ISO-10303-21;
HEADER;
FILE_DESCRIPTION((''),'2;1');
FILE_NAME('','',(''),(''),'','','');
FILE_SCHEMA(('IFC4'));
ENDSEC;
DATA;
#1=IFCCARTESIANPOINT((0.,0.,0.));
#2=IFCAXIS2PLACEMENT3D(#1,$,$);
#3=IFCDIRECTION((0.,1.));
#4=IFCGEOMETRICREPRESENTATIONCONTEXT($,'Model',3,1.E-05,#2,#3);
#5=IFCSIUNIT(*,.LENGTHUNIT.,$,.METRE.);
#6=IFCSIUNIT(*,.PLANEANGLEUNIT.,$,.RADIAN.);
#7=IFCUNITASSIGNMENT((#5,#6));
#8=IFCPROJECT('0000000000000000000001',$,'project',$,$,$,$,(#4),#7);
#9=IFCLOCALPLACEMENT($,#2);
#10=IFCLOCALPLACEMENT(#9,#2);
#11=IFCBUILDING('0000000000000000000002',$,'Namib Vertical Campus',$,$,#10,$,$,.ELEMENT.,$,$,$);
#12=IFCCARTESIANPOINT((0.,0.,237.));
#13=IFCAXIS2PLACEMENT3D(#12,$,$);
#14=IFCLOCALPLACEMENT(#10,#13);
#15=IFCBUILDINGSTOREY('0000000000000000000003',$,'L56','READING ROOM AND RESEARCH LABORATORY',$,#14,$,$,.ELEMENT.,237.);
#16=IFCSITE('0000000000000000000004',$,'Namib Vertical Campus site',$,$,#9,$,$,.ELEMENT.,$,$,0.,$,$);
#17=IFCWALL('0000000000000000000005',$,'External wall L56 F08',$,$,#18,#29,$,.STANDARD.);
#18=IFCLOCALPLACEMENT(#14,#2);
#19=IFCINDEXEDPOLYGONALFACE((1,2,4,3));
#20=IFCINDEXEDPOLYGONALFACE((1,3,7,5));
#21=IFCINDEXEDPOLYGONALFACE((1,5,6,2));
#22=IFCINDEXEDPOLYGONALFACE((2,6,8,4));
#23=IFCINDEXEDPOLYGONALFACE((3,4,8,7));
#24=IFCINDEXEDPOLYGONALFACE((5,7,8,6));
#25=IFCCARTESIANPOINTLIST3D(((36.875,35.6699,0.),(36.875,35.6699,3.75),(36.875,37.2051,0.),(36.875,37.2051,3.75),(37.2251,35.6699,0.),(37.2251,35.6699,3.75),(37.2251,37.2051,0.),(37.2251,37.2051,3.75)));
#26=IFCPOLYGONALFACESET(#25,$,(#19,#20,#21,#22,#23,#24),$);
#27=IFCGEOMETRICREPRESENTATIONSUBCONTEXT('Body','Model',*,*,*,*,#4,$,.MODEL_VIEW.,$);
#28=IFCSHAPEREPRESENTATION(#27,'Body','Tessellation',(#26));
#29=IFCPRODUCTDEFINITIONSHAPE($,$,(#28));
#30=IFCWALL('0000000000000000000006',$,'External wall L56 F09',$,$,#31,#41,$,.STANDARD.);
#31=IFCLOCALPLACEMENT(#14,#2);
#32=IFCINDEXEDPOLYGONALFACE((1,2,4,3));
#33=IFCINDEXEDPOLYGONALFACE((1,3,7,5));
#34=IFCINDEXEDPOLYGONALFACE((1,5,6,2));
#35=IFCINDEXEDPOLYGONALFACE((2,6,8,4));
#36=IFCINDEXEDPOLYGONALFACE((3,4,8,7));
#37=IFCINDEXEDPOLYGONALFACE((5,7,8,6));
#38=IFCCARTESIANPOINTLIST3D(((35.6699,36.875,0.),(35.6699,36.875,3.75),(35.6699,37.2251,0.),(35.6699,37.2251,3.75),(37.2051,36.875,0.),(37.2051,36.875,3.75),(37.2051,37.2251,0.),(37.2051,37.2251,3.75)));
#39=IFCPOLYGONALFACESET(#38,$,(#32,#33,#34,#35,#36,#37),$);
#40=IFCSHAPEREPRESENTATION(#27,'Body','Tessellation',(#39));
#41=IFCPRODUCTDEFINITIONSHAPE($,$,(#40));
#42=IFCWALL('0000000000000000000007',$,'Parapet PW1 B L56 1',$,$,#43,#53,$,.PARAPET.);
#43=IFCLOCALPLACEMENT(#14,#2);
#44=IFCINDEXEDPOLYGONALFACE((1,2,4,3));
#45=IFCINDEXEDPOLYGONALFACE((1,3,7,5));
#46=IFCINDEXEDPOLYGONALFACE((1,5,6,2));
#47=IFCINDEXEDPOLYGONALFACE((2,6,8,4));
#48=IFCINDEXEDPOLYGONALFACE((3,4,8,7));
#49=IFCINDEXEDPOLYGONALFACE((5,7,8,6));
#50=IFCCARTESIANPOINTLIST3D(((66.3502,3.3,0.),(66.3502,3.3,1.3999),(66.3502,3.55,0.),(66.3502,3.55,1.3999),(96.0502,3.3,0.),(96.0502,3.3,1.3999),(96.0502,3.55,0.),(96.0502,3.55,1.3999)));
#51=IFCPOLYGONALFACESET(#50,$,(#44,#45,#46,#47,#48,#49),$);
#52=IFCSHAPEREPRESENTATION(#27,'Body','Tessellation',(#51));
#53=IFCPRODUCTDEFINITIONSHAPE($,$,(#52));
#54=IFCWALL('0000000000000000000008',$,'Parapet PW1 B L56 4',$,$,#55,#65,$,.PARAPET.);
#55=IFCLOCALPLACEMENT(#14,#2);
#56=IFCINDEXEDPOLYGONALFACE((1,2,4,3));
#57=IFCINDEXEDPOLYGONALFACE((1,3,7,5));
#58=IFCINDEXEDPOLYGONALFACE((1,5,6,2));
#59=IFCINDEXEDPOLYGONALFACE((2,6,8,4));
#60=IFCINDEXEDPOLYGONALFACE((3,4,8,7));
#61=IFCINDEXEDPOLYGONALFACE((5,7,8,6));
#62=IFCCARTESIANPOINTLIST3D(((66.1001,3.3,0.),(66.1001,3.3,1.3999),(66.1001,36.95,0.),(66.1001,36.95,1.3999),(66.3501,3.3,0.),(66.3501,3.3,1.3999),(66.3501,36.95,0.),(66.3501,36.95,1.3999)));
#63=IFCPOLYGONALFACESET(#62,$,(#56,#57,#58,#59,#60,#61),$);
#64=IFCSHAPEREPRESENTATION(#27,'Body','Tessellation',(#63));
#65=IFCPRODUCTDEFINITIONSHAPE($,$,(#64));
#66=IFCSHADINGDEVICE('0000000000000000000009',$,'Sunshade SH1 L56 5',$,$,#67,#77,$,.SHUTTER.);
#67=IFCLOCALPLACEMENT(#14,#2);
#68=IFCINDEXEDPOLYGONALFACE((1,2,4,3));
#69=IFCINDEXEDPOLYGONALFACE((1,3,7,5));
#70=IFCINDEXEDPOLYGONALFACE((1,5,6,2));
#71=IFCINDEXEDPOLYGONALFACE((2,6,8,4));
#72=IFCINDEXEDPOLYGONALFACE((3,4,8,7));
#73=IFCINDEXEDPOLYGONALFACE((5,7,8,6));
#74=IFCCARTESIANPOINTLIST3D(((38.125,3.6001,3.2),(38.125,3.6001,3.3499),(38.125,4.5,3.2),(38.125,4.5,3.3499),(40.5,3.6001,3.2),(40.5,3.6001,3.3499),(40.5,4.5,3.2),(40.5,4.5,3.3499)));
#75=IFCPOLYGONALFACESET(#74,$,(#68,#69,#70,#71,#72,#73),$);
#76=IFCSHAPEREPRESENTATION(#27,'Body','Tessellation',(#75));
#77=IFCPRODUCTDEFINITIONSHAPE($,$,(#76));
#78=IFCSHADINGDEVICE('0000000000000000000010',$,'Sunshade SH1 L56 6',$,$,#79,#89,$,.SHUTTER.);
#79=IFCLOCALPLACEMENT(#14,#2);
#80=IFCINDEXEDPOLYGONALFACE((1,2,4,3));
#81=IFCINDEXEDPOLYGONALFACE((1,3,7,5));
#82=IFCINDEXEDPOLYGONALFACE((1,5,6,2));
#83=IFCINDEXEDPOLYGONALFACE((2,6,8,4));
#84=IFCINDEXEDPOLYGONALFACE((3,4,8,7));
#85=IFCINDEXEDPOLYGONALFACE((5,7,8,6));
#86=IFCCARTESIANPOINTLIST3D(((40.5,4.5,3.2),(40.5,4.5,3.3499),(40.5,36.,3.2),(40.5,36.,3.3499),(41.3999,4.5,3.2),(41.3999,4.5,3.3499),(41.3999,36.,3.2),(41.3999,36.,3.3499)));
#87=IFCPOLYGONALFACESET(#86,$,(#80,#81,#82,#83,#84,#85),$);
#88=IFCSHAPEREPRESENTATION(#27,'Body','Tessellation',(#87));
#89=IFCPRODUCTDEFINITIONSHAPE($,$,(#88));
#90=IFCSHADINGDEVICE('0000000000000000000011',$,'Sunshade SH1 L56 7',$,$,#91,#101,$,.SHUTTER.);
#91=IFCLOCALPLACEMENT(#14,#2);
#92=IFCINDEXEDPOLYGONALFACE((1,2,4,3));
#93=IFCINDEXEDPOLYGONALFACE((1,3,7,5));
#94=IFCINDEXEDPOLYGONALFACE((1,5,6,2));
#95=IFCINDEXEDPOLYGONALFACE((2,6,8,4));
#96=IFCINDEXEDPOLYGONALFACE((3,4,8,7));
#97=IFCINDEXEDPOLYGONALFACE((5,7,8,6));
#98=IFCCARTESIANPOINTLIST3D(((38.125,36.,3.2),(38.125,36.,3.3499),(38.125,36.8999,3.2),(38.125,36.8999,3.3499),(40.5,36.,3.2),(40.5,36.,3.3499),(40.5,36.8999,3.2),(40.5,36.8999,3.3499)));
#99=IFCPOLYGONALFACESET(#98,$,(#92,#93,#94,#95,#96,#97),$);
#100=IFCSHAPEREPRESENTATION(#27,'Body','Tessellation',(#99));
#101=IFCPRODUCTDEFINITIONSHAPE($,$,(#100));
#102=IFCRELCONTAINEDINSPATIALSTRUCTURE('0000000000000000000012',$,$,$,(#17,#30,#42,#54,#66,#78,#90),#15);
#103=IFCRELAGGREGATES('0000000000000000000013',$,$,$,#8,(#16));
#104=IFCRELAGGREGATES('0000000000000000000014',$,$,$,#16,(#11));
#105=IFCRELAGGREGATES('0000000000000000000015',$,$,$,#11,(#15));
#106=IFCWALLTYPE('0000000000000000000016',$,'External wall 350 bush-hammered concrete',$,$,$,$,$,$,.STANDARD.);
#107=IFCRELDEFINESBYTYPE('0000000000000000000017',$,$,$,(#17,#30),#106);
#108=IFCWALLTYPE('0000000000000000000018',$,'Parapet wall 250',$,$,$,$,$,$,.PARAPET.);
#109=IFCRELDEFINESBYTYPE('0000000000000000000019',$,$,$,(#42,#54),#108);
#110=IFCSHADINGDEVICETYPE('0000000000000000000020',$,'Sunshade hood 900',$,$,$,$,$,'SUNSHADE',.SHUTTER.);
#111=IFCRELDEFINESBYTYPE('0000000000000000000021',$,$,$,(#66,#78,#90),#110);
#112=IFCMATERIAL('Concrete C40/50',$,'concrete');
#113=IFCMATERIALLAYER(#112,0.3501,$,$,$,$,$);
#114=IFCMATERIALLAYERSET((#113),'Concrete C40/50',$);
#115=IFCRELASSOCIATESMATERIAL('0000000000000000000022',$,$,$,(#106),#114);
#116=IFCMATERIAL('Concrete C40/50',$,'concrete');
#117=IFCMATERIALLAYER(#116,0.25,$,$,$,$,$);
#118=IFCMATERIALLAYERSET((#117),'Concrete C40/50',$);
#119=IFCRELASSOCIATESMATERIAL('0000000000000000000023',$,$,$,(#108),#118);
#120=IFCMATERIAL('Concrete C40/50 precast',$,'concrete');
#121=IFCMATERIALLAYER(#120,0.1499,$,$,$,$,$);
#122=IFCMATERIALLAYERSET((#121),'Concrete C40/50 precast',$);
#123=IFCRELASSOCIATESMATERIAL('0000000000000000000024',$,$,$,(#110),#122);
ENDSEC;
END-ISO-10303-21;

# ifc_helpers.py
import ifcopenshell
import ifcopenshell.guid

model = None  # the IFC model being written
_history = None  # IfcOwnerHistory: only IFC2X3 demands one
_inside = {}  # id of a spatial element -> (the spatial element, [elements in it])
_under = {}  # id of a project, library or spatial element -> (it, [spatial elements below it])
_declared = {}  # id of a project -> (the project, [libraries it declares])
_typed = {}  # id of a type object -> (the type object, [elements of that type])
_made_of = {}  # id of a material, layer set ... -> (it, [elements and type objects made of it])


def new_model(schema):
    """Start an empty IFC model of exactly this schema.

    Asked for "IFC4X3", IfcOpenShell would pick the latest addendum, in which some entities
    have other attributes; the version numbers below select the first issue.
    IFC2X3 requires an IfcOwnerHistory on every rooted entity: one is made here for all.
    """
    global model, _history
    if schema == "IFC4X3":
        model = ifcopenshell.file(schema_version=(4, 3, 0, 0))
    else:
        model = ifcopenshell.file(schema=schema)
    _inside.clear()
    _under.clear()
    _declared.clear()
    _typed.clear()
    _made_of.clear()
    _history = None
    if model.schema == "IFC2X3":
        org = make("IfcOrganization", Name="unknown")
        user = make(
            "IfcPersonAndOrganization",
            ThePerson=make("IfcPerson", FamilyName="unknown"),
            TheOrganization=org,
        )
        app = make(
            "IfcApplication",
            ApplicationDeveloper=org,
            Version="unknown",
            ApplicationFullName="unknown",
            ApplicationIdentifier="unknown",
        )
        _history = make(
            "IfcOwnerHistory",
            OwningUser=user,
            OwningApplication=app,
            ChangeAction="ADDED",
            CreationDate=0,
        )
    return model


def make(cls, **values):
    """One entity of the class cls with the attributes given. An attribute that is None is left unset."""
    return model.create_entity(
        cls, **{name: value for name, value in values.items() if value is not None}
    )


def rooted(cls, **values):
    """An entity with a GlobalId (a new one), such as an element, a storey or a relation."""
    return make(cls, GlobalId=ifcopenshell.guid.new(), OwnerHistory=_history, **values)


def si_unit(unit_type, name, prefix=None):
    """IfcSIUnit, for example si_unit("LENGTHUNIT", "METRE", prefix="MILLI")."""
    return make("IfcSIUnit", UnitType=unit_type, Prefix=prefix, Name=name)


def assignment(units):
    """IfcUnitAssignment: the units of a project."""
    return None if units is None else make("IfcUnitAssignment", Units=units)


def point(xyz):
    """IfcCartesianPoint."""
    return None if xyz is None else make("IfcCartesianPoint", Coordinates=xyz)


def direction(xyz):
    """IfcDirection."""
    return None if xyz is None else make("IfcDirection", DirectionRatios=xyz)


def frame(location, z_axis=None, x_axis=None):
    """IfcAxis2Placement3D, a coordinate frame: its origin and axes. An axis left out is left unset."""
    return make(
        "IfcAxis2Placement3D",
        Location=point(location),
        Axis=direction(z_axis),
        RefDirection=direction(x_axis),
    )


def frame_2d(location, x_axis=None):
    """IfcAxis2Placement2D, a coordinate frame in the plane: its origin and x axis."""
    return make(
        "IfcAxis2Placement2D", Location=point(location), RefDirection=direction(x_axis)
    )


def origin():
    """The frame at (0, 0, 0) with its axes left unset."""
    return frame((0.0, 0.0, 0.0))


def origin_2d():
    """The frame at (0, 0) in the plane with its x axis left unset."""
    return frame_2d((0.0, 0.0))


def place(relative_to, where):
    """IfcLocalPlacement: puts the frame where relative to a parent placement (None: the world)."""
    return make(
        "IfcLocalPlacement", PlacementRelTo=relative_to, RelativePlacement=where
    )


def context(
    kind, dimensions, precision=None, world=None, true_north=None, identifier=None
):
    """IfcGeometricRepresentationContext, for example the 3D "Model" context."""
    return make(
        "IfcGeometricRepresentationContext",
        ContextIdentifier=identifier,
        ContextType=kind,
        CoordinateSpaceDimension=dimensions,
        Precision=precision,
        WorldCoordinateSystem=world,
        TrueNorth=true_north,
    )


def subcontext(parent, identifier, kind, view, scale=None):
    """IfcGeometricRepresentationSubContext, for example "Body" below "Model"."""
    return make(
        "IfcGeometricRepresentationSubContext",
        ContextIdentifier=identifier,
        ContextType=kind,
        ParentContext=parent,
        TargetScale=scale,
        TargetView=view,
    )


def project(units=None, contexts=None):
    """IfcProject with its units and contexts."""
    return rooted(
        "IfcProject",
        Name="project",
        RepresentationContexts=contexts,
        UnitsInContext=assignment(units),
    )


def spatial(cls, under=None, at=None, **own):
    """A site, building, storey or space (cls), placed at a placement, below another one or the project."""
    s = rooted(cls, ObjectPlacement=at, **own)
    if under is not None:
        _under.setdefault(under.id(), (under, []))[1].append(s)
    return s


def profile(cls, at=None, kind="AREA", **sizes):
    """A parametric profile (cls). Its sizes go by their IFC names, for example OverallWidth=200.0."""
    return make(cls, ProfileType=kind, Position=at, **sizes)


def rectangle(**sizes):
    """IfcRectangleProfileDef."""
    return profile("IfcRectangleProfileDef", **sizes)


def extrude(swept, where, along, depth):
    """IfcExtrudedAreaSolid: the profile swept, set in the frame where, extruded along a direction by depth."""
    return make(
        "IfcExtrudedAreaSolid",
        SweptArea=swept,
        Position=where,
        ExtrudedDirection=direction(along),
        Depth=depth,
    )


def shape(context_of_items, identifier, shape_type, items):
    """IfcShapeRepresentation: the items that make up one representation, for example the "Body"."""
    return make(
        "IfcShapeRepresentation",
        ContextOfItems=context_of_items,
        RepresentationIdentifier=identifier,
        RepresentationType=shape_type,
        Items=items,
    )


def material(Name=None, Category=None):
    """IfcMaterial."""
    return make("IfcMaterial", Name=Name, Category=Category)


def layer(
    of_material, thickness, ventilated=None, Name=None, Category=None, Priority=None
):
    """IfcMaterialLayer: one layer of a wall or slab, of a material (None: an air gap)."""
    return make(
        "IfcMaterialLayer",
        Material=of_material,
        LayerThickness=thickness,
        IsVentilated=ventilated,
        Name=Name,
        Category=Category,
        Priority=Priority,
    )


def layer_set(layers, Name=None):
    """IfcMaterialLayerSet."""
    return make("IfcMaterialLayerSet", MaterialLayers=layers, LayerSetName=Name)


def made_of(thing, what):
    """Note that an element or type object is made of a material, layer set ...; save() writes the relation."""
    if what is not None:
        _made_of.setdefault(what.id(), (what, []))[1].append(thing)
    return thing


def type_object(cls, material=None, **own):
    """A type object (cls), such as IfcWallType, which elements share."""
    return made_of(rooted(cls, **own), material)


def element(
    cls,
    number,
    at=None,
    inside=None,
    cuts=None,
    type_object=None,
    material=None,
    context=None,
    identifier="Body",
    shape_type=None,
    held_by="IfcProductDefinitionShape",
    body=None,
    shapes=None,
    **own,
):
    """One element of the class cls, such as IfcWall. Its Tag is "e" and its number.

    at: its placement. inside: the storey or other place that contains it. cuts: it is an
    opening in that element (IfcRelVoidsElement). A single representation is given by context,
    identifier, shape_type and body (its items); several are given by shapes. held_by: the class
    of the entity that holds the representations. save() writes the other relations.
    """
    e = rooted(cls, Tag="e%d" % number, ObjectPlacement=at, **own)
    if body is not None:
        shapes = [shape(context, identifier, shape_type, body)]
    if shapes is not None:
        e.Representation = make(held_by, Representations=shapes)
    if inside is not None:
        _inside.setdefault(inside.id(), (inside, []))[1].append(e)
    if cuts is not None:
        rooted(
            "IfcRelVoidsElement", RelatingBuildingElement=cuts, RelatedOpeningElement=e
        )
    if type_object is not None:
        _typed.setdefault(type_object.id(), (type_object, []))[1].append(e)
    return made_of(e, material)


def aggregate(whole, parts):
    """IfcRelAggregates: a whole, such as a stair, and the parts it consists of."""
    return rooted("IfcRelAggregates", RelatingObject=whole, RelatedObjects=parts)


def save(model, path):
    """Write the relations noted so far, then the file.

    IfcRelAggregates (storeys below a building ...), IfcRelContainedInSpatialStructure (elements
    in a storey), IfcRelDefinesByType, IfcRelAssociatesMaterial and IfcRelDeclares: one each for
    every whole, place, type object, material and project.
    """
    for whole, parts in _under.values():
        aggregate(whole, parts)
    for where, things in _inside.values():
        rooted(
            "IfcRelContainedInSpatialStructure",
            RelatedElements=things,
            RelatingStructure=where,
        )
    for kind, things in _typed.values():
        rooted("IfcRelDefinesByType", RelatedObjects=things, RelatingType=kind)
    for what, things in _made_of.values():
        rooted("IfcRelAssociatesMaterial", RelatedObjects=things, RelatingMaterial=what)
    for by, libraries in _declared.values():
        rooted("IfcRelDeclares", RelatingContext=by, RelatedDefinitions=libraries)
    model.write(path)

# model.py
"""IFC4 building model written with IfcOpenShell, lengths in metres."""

from ifc_helpers import new_model, si_unit, direction, frame, frame_2d, origin, origin_2d, place, context, subcontext, project, spatial, rectangle, extrude, material, layer, layer_set, type_object, element, save


model = new_model("IFC4")

# Units and contexts
model_context = context("Model", 3, precision=1e-05, world=origin(), true_north=direction((0.0, 1.0)))
body_context = subcontext(model_context, "Body", "Model", "MODEL_VIEW")
ifc_project = project(units=[si_unit("LENGTHUNIT", "METRE"), si_unit("PLANEANGLEUNIT", "RADIAN")], contexts=[model_context])

# Site, building, storey
site_placement = place(None, origin())
site = spatial("IfcSite", under=ifc_project, at=site_placement, Name="Namib Vertical Campus site", CompositionType="ELEMENT", RefElevation=0.0)
building_placement = place(site_placement, origin())
building = spatial("IfcBuilding", under=site, at=building_placement, Name="Namib Vertical Campus", CompositionType="ELEMENT")
storey_placement = place(building_placement, frame((0.0, 0.0, 237.0)))
storey = spatial("IfcBuildingStorey", under=building, at=storey_placement, Name="L56", Description="READING ROOM AND RESEARCH LABORATORY", CompositionType="ELEMENT", Elevation=237.0)

# Shared definitions
ifc_material_1 = material(Name="Concrete C40/50", Category="concrete")
ifc_layer_1 = layer(ifc_material_1, 0.3501)
ifc_layer_set_1 = layer_set([ifc_layer_1], Name="Concrete C40/50")
wall_type_1 = type_object("IfcWallType", Name="External wall 350 bush-hammered concrete", PredefinedType="STANDARD", material=ifc_layer_set_1)

# Walls
for number, where, z_axis, x_axis, name in (
    (1, (37.05, 35.6699, 0.0), (0.0, 0.0, 1.0), (0.0, 1.0, 0.0), "External wall L56 F08"),
    (2, (37.2051, 37.05, 0.0), (0.0, 0.0, 1.0), (-1.0, 0.0, 0.0), "External wall L56 F09"),
):
    element("IfcWall", number, at=place(storey_placement, frame(where, z_axis=z_axis, x_axis=x_axis)), inside=storey, type_object=wall_type_1, Name=name, PredefinedType="STANDARD", context=body_context, shape_type="SweptSolid", body=[
        extrude(rectangle(XDim=1.5352, YDim=0.3501, at=frame_2d((0.7676, 0.0))), origin(), (0.0, 0.0, 1.0), 3.75),
    ])
ifc_material_2 = material(Name="Concrete C40/50", Category="concrete")
ifc_layer_2 = layer(ifc_material_2, 0.25)
ifc_layer_set_2 = layer_set([ifc_layer_2], Name="Concrete C40/50")
wall_type_2 = type_object("IfcWallType", Name="Parapet wall 250", PredefinedType="PARAPET", material=ifc_layer_set_2)
wall_1_placement = place(storey_placement, frame((66.3501, 3.425, 0.0), z_axis=(0.0, 0.0, 1.0), x_axis=(1.0, 0.0, 0.0)))
element("IfcWall", 3, at=wall_1_placement, inside=storey, type_object=wall_type_2, Name="Parapet PW1 B L56 1", PredefinedType="PARAPET", context=body_context, shape_type="SweptSolid", body=[
    extrude(rectangle(XDim=29.7, YDim=0.25, at=frame_2d((14.8501, 0.0))), origin(), (0.0, 0.0, 1.0), 1.3999),
])
wall_2_placement = place(storey_placement, frame((66.2251, 36.95, 0.0), z_axis=(0.0, 0.0, 1.0), x_axis=(0.0, -1.0, 0.0)))
element("IfcWall", 4, at=wall_2_placement, inside=storey, type_object=wall_type_2, Name="Parapet PW1 B L56 4", PredefinedType="PARAPET", context=body_context, shape_type="SweptSolid", body=[
    extrude(rectangle(XDim=33.6499, YDim=0.25, at=frame_2d((16.825, 0.0))), origin(), (0.0, 0.0, 1.0), 1.3999),
])

# Shading devices
ifc_material_3 = material(Name="Concrete C40/50 precast", Category="concrete")
ifc_layer_3 = layer(ifc_material_3, 0.1499)
ifc_layer_set_3 = layer_set([ifc_layer_3], Name="Concrete C40/50 precast")
shading_device_type = type_object("IfcShadingDeviceType", Name="Sunshade hood 900", ElementType="SUNSHADE", PredefinedType="SHUTTER", material=ifc_layer_set_3)
shading_device_1_placement = place(storey_placement, frame((39.3125, 4.05, 3.2), z_axis=(0.0, 0.0, 1.0), x_axis=(1.0, 0.0, 0.0)))
element("IfcShadingDevice", 5, at=shading_device_1_placement, inside=storey, type_object=shading_device_type, Name="Sunshade SH1 L56 5", PredefinedType="SHUTTER", context=body_context, shape_type="SweptSolid", body=[
    extrude(rectangle(XDim=2.375, YDim=0.8999, at=origin_2d()), origin(), (0.0, 0.0, 1.0), 0.1499),
])
shading_device_2_placement = place(storey_placement, frame((40.95, 20.25, 3.2), z_axis=(0.0, 0.0, 1.0), x_axis=(0.0, 1.0, 0.0)))
element("IfcShadingDevice", 6, at=shading_device_2_placement, inside=storey, type_object=shading_device_type, Name="Sunshade SH1 L56 6", PredefinedType="SHUTTER", context=body_context, shape_type="SweptSolid", body=[
    extrude(rectangle(XDim=31.5, YDim=0.8999, at=origin_2d()), origin(), (0.0, 0.0, 1.0), 0.1499),
])
shading_device_3_placement = place(storey_placement, frame((39.3125, 36.45, 3.2), z_axis=(0.0, 0.0, 1.0), x_axis=(-1.0, 0.0, 0.0)))
element("IfcShadingDevice", 7, at=shading_device_3_placement, inside=storey, type_object=shading_device_type, Name="Sunshade SH1 L56 7", PredefinedType="SHUTTER", context=body_context, shape_type="SweptSolid", body=[
    extrude(rectangle(XDim=2.375, YDim=0.8999, at=origin_2d()), origin(), (0.0, 0.0, 1.0), 0.1499),
])

save(model, "model.ifc")
